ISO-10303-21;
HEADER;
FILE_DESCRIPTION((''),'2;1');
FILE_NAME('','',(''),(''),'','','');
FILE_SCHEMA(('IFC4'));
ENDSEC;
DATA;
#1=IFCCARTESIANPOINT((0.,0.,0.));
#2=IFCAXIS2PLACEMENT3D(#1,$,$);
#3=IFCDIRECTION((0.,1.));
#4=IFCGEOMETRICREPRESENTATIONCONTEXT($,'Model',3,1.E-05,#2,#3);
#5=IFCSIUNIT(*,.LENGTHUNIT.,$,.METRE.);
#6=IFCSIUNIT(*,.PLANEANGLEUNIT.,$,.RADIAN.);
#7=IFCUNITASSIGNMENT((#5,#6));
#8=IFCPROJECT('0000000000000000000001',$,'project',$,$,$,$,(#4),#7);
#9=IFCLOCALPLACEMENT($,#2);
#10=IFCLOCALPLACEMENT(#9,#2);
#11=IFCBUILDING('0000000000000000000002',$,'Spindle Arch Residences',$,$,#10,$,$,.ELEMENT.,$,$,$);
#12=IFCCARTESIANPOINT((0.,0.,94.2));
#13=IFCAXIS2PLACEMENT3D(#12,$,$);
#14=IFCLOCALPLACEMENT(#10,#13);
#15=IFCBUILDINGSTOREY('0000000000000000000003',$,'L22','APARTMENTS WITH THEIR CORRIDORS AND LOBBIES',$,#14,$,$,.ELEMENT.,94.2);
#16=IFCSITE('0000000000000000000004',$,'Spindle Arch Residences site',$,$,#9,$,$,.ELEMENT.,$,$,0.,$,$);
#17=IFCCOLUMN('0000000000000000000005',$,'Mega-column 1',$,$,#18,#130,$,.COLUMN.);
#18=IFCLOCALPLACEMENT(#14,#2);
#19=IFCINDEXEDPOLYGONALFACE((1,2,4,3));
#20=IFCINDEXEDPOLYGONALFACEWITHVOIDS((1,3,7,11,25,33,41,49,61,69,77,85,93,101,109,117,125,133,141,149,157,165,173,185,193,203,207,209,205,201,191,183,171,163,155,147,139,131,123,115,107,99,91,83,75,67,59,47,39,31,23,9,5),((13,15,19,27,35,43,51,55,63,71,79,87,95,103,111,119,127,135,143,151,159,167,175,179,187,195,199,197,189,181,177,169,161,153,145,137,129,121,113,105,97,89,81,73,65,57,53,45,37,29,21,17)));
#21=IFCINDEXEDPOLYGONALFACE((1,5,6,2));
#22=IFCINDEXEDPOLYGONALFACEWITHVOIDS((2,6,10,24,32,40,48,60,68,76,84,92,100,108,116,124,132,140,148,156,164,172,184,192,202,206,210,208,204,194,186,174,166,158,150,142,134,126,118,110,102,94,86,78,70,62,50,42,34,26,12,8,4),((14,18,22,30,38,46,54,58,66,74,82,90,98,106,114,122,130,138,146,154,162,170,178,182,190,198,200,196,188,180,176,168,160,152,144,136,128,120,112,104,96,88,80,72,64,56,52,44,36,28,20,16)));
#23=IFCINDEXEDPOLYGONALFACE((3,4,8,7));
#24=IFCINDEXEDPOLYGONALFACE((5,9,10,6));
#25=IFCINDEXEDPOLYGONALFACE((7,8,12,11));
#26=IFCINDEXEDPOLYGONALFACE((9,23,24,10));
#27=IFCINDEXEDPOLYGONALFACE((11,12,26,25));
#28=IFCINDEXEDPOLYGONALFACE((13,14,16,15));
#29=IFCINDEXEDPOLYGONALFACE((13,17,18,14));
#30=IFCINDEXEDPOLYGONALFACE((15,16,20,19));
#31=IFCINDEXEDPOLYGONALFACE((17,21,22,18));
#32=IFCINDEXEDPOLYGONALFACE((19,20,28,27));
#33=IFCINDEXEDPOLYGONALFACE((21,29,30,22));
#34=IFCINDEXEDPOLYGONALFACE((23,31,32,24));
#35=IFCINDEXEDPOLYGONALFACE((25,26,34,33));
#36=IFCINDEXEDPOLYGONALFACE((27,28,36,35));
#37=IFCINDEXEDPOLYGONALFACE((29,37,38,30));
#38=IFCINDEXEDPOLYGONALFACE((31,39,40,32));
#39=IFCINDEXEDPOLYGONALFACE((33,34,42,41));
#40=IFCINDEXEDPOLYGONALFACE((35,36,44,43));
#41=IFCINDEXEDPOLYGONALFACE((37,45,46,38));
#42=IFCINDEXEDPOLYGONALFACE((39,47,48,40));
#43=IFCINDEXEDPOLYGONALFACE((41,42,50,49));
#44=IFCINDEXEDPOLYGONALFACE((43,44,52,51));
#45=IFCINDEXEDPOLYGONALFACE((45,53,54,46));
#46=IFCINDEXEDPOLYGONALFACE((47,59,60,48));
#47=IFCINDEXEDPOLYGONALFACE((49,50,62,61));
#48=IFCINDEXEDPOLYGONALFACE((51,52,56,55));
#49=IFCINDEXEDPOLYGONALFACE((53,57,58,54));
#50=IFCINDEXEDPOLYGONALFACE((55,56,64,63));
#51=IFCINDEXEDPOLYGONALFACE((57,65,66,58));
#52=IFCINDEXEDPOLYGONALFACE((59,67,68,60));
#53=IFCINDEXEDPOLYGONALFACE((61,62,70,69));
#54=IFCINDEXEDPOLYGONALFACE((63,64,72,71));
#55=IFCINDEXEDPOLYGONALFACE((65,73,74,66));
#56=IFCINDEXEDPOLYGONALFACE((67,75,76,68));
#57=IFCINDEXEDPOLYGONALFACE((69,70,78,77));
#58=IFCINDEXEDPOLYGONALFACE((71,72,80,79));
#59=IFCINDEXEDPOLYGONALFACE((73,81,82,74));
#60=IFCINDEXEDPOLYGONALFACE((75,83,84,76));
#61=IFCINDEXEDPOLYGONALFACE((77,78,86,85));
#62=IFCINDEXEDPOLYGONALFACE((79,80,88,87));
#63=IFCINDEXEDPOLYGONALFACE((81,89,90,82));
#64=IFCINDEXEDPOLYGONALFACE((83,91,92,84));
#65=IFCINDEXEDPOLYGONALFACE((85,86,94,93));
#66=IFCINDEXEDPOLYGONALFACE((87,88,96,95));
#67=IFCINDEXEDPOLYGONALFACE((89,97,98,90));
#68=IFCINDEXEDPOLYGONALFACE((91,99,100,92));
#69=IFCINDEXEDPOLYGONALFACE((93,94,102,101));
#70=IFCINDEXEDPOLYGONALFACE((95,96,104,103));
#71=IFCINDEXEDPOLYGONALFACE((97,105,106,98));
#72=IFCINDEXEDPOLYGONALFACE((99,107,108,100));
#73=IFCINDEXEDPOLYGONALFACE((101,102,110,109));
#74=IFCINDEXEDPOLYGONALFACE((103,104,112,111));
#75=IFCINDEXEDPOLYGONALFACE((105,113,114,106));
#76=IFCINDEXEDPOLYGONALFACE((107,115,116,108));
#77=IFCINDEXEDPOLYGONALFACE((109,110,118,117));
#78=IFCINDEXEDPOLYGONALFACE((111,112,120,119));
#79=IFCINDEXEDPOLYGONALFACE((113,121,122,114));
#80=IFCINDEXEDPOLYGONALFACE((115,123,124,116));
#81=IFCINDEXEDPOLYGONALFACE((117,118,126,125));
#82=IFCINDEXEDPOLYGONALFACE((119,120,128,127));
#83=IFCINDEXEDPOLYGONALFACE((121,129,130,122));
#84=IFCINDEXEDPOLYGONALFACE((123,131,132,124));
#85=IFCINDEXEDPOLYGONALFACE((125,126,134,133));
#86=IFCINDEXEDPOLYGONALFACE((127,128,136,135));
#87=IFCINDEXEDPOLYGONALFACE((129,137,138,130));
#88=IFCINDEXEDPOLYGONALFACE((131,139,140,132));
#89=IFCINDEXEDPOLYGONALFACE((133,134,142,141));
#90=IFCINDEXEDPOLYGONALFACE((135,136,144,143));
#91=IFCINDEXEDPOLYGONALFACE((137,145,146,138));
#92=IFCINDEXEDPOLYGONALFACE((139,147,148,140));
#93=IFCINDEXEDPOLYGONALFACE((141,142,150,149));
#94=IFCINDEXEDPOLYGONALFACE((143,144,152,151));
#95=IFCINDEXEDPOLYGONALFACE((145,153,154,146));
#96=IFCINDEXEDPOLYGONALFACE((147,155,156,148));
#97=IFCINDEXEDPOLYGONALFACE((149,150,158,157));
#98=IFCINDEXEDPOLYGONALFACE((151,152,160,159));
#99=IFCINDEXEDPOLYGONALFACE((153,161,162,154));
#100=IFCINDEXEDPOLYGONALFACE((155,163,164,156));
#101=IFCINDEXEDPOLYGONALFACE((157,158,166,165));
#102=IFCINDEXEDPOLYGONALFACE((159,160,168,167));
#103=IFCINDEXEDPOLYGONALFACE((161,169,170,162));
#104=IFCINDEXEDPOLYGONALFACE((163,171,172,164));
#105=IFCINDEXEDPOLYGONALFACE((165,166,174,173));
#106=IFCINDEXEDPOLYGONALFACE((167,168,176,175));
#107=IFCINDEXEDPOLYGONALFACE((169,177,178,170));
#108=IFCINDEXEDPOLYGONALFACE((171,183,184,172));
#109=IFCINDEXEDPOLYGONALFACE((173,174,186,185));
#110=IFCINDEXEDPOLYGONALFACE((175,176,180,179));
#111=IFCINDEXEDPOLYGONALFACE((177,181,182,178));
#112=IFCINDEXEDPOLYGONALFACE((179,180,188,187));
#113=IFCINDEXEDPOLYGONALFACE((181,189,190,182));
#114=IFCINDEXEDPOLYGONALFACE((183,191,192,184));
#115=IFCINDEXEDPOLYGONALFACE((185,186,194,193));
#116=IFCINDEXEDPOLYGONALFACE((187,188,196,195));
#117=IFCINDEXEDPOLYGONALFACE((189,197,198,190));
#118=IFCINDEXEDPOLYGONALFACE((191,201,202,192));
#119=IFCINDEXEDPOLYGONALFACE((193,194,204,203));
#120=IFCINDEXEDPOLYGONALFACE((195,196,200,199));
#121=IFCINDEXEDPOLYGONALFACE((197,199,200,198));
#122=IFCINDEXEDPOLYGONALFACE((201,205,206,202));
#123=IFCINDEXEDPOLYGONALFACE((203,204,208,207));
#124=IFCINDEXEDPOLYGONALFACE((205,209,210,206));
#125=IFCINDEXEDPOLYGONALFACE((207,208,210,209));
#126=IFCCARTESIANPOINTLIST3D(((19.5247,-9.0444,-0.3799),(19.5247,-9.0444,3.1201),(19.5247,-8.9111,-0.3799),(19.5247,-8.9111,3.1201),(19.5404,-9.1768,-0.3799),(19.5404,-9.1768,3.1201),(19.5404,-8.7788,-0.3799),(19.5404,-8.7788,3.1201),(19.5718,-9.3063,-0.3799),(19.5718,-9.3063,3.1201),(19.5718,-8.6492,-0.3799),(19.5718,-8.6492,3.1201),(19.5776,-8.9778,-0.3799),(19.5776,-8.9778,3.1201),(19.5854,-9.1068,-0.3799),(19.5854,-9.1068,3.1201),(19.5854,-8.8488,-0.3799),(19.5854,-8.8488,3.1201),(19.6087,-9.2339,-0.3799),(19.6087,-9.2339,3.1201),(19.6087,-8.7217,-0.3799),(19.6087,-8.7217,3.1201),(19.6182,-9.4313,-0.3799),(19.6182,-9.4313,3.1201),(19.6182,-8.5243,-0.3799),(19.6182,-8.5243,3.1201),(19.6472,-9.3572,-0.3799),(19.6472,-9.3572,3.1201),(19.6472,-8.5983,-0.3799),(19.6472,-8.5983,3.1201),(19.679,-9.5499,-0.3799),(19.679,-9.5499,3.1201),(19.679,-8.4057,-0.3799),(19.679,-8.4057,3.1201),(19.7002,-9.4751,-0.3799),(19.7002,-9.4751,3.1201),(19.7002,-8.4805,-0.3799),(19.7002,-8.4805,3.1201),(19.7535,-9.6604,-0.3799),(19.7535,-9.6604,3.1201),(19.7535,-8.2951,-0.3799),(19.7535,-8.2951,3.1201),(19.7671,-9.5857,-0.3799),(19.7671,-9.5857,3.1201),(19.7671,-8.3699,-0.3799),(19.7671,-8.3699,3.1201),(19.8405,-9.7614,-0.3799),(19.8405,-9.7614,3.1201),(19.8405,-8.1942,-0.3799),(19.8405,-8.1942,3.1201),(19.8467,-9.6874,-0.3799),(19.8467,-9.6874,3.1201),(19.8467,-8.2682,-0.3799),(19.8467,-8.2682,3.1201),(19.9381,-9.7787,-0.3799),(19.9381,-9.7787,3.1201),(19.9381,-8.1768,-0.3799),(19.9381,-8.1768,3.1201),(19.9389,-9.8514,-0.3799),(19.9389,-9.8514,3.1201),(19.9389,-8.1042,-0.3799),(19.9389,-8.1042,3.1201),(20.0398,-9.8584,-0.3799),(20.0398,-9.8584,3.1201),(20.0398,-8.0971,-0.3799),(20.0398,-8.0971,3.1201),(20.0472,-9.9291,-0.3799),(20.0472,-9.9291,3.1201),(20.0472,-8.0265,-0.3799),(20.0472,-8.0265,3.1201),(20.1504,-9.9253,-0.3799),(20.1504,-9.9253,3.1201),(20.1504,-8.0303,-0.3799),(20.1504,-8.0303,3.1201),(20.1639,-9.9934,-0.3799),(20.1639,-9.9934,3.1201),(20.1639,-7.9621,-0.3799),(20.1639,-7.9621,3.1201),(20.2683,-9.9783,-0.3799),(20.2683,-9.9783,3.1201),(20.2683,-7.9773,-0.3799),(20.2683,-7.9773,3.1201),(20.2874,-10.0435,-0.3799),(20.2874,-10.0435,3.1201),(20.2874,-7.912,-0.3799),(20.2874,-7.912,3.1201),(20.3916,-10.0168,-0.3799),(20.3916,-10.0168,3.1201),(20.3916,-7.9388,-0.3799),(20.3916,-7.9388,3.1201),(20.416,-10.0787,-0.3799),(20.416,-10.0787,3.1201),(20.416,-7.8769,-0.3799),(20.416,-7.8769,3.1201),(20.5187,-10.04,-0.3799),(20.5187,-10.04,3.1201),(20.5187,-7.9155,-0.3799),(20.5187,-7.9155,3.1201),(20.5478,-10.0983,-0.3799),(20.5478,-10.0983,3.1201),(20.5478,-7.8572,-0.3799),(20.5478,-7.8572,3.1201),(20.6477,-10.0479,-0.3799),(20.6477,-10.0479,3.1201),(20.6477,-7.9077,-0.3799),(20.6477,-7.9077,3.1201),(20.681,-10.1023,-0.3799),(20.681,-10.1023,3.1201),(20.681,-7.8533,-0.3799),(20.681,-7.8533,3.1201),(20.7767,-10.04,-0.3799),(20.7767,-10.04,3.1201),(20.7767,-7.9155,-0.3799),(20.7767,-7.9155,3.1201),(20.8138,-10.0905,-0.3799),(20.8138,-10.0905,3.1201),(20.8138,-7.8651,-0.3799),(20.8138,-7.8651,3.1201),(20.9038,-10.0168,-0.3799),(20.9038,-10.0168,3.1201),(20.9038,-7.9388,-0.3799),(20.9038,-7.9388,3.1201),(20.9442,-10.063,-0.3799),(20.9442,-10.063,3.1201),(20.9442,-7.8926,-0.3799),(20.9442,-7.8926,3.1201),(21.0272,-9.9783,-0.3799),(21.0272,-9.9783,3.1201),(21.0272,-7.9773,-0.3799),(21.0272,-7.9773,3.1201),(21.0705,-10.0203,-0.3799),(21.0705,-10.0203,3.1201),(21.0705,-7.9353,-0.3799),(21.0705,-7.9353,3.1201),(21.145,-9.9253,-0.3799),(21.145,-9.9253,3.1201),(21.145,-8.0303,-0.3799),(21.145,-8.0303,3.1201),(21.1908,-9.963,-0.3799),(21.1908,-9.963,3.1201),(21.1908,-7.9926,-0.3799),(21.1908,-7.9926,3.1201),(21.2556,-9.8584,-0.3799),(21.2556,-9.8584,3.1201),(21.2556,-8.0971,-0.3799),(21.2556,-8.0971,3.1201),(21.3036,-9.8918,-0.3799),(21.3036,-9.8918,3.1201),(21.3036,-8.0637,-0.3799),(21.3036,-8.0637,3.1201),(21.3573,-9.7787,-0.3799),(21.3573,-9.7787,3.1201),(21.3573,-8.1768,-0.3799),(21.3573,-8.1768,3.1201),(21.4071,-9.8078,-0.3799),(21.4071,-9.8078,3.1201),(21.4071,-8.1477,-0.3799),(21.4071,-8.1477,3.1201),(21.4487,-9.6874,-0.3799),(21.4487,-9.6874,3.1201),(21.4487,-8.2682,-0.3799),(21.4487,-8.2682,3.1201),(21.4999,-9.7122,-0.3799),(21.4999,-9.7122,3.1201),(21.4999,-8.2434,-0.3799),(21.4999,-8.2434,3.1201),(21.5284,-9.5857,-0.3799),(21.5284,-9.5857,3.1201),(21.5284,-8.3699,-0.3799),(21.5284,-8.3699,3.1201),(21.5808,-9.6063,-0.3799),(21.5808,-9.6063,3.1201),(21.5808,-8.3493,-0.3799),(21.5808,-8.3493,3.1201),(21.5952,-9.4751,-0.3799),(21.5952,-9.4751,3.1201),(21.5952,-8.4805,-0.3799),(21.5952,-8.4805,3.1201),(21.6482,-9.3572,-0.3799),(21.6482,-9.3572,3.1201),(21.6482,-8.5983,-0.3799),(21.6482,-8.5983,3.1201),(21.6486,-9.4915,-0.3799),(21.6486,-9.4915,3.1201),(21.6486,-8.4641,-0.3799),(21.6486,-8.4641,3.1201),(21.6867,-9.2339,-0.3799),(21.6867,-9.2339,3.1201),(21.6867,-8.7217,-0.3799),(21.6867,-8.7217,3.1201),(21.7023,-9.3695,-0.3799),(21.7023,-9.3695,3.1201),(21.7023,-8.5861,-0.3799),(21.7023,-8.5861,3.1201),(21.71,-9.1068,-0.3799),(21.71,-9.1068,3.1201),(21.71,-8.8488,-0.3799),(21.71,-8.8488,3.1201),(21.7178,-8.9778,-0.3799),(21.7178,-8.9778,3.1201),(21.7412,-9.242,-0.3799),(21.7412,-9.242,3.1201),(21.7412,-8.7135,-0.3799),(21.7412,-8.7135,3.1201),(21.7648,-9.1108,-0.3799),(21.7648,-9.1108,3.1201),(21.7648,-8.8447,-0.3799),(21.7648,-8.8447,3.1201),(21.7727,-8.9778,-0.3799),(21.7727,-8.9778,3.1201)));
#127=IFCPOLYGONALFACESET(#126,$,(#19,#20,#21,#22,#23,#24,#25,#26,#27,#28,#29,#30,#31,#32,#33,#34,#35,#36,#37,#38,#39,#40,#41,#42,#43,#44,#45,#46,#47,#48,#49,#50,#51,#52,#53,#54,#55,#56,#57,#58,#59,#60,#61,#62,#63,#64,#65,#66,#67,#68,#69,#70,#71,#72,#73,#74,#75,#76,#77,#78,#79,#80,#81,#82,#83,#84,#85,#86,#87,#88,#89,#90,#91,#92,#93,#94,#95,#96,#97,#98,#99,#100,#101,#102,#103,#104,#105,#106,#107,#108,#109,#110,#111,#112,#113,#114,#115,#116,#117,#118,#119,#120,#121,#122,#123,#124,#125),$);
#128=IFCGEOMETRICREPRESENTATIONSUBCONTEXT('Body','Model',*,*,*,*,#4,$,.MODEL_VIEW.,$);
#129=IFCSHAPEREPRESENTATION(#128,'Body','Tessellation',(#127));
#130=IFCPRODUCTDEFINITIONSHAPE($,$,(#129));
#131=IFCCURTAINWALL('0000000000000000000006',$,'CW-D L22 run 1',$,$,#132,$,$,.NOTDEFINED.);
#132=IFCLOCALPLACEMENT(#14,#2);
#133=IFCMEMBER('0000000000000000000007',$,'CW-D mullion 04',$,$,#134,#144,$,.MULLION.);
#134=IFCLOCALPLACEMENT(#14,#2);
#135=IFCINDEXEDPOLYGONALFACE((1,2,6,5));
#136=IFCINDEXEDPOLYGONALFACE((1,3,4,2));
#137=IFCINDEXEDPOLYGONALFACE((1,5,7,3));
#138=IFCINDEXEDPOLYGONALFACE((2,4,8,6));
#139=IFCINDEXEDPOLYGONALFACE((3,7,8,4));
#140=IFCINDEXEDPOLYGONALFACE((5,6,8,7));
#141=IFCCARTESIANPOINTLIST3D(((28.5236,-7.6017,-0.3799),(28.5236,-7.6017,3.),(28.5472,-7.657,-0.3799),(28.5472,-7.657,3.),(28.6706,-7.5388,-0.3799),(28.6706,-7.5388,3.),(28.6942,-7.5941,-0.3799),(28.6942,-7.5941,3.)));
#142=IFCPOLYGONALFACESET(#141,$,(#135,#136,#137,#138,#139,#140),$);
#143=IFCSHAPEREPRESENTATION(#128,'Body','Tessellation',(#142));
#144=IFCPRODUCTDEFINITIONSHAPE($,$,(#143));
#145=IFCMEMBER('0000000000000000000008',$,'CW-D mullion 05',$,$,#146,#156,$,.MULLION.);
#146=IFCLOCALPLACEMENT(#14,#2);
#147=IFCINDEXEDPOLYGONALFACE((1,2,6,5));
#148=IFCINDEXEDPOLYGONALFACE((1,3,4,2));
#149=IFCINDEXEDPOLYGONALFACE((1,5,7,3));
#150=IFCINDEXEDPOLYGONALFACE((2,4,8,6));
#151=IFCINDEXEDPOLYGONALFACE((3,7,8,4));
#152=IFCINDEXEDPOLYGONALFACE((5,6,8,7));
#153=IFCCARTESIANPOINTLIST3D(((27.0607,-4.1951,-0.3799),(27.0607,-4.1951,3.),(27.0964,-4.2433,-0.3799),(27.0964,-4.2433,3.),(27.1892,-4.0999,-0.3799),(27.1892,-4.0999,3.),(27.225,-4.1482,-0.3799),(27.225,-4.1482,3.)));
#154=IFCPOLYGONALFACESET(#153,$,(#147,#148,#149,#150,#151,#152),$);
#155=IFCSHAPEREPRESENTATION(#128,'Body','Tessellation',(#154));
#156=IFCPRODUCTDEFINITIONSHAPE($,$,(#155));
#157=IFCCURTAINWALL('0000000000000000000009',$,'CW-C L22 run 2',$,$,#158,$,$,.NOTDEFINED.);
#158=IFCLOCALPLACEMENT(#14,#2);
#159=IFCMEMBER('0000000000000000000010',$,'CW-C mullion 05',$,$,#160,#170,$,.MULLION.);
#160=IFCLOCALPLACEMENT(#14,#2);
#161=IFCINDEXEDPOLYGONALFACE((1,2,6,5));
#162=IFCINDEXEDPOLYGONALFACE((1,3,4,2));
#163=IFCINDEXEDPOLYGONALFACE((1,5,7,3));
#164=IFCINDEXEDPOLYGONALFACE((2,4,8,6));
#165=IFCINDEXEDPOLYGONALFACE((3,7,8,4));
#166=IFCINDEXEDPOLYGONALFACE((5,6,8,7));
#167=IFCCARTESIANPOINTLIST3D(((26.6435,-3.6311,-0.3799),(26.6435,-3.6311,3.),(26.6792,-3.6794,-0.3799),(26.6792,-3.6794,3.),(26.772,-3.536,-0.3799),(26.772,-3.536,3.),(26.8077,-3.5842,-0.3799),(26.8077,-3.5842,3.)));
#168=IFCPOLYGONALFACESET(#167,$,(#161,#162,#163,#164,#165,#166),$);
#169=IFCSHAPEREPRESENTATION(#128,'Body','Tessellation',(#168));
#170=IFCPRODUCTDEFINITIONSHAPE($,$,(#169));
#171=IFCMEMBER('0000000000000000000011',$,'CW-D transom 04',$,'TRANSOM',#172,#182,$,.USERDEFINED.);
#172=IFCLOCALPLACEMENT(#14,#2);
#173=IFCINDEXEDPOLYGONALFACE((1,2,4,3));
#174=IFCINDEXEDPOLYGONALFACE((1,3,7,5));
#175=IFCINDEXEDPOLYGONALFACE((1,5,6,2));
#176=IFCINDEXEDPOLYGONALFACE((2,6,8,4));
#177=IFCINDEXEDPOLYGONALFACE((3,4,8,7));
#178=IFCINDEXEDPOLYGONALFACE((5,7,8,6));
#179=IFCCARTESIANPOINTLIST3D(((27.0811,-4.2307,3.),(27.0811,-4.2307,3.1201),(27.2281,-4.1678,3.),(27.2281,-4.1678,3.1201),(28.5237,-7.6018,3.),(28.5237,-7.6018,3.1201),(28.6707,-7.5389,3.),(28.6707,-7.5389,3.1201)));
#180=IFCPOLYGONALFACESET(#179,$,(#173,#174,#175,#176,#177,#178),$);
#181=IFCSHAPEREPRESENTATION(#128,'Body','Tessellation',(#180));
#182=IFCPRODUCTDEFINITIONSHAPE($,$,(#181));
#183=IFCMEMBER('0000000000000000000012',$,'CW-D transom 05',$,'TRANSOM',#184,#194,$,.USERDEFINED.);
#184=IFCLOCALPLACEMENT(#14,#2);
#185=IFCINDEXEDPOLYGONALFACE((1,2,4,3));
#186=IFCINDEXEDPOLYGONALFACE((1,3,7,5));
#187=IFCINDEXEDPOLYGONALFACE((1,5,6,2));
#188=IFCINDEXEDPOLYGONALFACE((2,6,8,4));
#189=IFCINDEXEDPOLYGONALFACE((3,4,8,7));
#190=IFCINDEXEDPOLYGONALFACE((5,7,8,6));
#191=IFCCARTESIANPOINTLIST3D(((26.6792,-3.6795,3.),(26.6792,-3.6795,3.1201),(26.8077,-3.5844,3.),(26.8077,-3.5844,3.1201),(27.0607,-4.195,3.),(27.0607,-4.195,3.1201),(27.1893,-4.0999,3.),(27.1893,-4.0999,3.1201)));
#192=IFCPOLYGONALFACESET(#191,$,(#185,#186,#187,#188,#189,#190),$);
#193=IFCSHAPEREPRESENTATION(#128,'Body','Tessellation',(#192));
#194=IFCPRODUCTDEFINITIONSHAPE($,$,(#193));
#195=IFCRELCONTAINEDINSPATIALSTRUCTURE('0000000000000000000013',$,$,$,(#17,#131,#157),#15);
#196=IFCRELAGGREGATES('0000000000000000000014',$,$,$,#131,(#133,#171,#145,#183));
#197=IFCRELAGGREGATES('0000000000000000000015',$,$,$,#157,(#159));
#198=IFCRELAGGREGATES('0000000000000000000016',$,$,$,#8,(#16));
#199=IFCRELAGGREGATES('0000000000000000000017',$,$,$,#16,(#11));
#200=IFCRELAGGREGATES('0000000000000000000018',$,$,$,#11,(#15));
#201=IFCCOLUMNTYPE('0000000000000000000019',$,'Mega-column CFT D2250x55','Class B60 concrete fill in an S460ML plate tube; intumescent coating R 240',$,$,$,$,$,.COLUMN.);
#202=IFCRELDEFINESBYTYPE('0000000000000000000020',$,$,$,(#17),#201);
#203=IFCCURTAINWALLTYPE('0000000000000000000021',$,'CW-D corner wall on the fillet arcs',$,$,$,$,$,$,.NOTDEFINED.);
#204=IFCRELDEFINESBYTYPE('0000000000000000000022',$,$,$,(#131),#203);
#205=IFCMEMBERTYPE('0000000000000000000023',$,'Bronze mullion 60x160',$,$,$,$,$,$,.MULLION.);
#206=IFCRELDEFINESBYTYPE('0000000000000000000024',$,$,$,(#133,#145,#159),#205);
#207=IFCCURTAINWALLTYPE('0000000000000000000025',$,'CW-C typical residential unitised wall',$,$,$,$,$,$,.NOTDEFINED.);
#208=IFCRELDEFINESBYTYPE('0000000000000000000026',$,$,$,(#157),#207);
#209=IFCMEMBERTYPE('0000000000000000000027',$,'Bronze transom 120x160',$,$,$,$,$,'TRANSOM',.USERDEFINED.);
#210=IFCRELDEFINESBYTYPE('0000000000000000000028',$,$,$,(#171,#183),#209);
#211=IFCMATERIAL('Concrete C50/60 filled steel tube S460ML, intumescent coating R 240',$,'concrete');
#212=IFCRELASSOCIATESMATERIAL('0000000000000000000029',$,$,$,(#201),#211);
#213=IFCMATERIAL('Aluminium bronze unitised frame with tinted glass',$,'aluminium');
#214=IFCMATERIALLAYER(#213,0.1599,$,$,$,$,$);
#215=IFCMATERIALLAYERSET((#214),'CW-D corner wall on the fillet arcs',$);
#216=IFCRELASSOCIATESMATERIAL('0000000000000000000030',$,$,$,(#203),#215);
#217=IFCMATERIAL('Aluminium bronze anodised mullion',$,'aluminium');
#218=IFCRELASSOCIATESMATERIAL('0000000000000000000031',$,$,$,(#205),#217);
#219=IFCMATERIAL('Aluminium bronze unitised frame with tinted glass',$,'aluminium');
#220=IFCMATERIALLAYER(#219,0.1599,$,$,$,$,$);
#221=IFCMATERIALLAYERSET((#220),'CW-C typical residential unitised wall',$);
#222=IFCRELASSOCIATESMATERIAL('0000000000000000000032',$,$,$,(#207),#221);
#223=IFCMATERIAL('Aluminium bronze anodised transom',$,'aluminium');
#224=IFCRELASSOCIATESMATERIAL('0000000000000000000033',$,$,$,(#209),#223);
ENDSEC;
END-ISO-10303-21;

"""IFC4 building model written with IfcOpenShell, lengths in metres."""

from ifc_helpers import new_model, si_unit, direction, frame, origin, origin_2d, place, context, subcontext, project, spatial, rectangle, hollow_circle, extrude, material, layer, layer_set, material_profile, profile_set, type_object, element, aggregate, save


model = new_model("IFC4")

# Units and contexts
model_context = context("Model", 3, precision=1e-05, world=origin(), true_north=direction((0.0, 1.0)))
body_context = subcontext(model_context, "Body", "Model", "MODEL_VIEW")
ifc_project = project(units=[si_unit("LENGTHUNIT", "METRE"), si_unit("PLANEANGLEUNIT", "RADIAN")], contexts=[model_context])

# Site, building, storey
site_placement = place(None, origin())
site = spatial("IfcSite", under=ifc_project, at=site_placement, Name="Spindle Arch Residences site", CompositionType="ELEMENT", RefElevation=0.0)
building_placement = place(site_placement, origin())
building = spatial("IfcBuilding", under=site, at=building_placement, Name="Spindle Arch Residences", CompositionType="ELEMENT")
storey_placement = place(building_placement, frame((0.0, 0.0, 94.2)))
storey = spatial("IfcBuildingStorey", under=building, at=storey_placement, Name="L22", Description="APARTMENTS WITH THEIR CORRIDORS AND LOBBIES", CompositionType="ELEMENT", Elevation=94.2)

# Column
ifc_material_1 = material(Name="Concrete C50/60 filled steel tube S460ML, intumescent coating R 240", Category="concrete")
ifc_material_profile_1 = material_profile(ifc_material_1, hollow_circle(Radius=1.125, WallThickness=0.0549, at=origin_2d()), Name="CFT D2250x55")
ifc_profile_set_1 = profile_set([ifc_material_profile_1], Name="Concrete C50/60 filled steel tube S460ML, intumescent coating R 240")
column_type_1 = type_object("IfcColumnType", Name="Mega-column CFT D2250x55", Description="Class B60 concrete fill in an S460ML plate tube; intumescent coating R 240", PredefinedType="COLUMN", material=ifc_profile_set_1)
column_placement = place(storey_placement, frame((20.6477, -8.9778, -0.3799), z_axis=(0.0, 0.0, 1.0), x_axis=(1.0, 0.0, 0.0)))
element("IfcColumn", 1, at=column_placement, inside=storey, type_object=column_type_1, Name="Mega-column 1", PredefinedType="COLUMN", context=body_context, shape_type="SweptSolid", body=[
    extrude(hollow_circle(Radius=1.125, WallThickness=0.0549, at=origin_2d()), origin(), (0.0, 0.0, 1.0), 3.5),
])

# Curtain wall, members
ifc_material_2 = material(Name="Aluminium bronze unitised frame with tinted glass", Category="aluminium")
ifc_layer_1 = layer(ifc_material_2, 0.1599)
ifc_layer_set_1 = layer_set([ifc_layer_1], Name="CW-D corner wall on the fillet arcs")
curtain_wall_type_1 = type_object("IfcCurtainWallType", Name="CW-D corner wall on the fillet arcs", PredefinedType="NOTDEFINED", material=ifc_layer_set_1)
curtain_wall_1_placement = place(storey_placement, origin())
curtain_wall_1 = element("IfcCurtainWall", 2, at=curtain_wall_1_placement, inside=storey, type_object=curtain_wall_type_1, Name="CW-D L22 run 1", PredefinedType="NOTDEFINED")
ifc_material_3 = material(Name="Aluminium bronze anodised mullion", Category="aluminium")
ifc_material_profile_2 = material_profile(ifc_material_3, rectangle(XDim=0.1599, YDim=0.0601, at=origin_2d()), Name="MU 60x160")
ifc_profile_set_2 = profile_set([ifc_material_profile_2], Name="Aluminium bronze anodised mullion")
member_type_1 = type_object("IfcMemberType", Name="Bronze mullion 60x160", PredefinedType="MULLION", material=ifc_profile_set_2)
member_1_placement = place(storey_placement, frame((28.6089, -7.5979, -0.3799), z_axis=(0.0, 0.0, 1.0), x_axis=(-0.919364, -0.393407, 0.0)))
member_1 = element("IfcMember", 3, at=member_1_placement, type_object=member_type_1, Name="CW-D mullion 04", PredefinedType="MULLION", context=body_context, shape_type="SweptSolid", body=[
    extrude(rectangle(XDim=0.1599, YDim=0.0601, at=origin_2d()), origin(), (0.0, 0.0, 1.0), 3.3799),
])
member_2_placement = place(storey_placement, frame((27.1428, -4.1716, -0.3799), z_axis=(0.0, 0.0, 1.0), x_axis=(-0.803857, -0.594823, 0.0)))
member_2 = element("IfcMember", 4, at=member_2_placement, type_object=member_type_1, Name="CW-D mullion 05", PredefinedType="MULLION", context=body_context, shape_type="SweptSolid", body=[
    extrude(rectangle(XDim=0.1599, YDim=0.0601, at=origin_2d()), origin(), (0.0, 0.0, 1.0), 3.3799),
])

# Curtain wall, member
ifc_material_4 = material(Name="Aluminium bronze unitised frame with tinted glass", Category="aluminium")
ifc_layer_2 = layer(ifc_material_4, 0.1599)
ifc_layer_set_2 = layer_set([ifc_layer_2], Name="CW-C typical residential unitised wall")
curtain_wall_type_2 = type_object("IfcCurtainWallType", Name="CW-C typical residential unitised wall", PredefinedType="NOTDEFINED", material=ifc_layer_set_2)
curtain_wall_2_placement = place(storey_placement, origin())
curtain_wall_2 = element("IfcCurtainWall", 5, at=curtain_wall_2_placement, inside=storey, type_object=curtain_wall_type_2, Name="CW-C L22 run 2", PredefinedType="NOTDEFINED")
member_3_placement = place(storey_placement, frame((26.7256, -3.6077, -0.3799), z_axis=(0.0, 0.0, 1.0), x_axis=(-0.803857, -0.594823, 0.0)))
member_3 = element("IfcMember", 6, at=member_3_placement, type_object=member_type_1, Name="CW-C mullion 05", PredefinedType="MULLION", context=body_context, shape_type="SweptSolid", body=[
    extrude(rectangle(XDim=0.1599, YDim=0.0601, at=origin_2d()), origin(), (0.0, 0.0, 1.0), 3.3799),
])

# Members
ifc_material_5 = material(Name="Aluminium bronze anodised transom", Category="aluminium")
ifc_material_profile_3 = material_profile(ifc_material_5, rectangle(XDim=0.1599, YDim=0.1201, at=origin_2d()), Name="TR 120x160")
ifc_profile_set_3 = profile_set([ifc_material_profile_3], Name="Aluminium bronze anodised transom")
member_type_2 = type_object("IfcMemberType", Name="Bronze transom 120x160", ElementType="TRANSOM", PredefinedType="USERDEFINED", material=ifc_profile_set_3)
member_4_placement = place(storey_placement, frame((28.5972, -7.5703, 3.0601), z_axis=(-0.393429, 0.919355, 0.0), x_axis=(-0.919355, -0.393429, 0.0)))
member_4 = element("IfcMember", 7, at=member_4_placement, type_object=member_type_2, Name="CW-D transom 04", ObjectType="TRANSOM", PredefinedType="USERDEFINED", context=body_context, shape_type="SweptSolid", body=[
    extrude(rectangle(XDim=0.1599, YDim=0.1201, at=origin_2d()), origin(), (0.0, 0.0, 1.0), 3.6667),
])
member_5_placement = place(storey_placement, frame((27.125, -4.1475, 3.0601), z_axis=(-0.594873, 0.80382, 0.0), x_axis=(-0.80382, -0.594873, 0.0)))
member_5 = element("IfcMember", 8, at=member_5_placement, type_object=member_type_2, Name="CW-D transom 05", ObjectType="TRANSOM", PredefinedType="USERDEFINED", context=body_context, shape_type="SweptSolid", body=[
    extrude(rectangle(XDim=0.1599, YDim=0.1201, at=origin_2d()), origin(), (0.0, 0.0, 1.0), 0.6414),
])

aggregate(curtain_wall_1, [member_1, member_4, member_2, member_5])
aggregate(curtain_wall_2, [member_3])

save(model, "model.ifc")
